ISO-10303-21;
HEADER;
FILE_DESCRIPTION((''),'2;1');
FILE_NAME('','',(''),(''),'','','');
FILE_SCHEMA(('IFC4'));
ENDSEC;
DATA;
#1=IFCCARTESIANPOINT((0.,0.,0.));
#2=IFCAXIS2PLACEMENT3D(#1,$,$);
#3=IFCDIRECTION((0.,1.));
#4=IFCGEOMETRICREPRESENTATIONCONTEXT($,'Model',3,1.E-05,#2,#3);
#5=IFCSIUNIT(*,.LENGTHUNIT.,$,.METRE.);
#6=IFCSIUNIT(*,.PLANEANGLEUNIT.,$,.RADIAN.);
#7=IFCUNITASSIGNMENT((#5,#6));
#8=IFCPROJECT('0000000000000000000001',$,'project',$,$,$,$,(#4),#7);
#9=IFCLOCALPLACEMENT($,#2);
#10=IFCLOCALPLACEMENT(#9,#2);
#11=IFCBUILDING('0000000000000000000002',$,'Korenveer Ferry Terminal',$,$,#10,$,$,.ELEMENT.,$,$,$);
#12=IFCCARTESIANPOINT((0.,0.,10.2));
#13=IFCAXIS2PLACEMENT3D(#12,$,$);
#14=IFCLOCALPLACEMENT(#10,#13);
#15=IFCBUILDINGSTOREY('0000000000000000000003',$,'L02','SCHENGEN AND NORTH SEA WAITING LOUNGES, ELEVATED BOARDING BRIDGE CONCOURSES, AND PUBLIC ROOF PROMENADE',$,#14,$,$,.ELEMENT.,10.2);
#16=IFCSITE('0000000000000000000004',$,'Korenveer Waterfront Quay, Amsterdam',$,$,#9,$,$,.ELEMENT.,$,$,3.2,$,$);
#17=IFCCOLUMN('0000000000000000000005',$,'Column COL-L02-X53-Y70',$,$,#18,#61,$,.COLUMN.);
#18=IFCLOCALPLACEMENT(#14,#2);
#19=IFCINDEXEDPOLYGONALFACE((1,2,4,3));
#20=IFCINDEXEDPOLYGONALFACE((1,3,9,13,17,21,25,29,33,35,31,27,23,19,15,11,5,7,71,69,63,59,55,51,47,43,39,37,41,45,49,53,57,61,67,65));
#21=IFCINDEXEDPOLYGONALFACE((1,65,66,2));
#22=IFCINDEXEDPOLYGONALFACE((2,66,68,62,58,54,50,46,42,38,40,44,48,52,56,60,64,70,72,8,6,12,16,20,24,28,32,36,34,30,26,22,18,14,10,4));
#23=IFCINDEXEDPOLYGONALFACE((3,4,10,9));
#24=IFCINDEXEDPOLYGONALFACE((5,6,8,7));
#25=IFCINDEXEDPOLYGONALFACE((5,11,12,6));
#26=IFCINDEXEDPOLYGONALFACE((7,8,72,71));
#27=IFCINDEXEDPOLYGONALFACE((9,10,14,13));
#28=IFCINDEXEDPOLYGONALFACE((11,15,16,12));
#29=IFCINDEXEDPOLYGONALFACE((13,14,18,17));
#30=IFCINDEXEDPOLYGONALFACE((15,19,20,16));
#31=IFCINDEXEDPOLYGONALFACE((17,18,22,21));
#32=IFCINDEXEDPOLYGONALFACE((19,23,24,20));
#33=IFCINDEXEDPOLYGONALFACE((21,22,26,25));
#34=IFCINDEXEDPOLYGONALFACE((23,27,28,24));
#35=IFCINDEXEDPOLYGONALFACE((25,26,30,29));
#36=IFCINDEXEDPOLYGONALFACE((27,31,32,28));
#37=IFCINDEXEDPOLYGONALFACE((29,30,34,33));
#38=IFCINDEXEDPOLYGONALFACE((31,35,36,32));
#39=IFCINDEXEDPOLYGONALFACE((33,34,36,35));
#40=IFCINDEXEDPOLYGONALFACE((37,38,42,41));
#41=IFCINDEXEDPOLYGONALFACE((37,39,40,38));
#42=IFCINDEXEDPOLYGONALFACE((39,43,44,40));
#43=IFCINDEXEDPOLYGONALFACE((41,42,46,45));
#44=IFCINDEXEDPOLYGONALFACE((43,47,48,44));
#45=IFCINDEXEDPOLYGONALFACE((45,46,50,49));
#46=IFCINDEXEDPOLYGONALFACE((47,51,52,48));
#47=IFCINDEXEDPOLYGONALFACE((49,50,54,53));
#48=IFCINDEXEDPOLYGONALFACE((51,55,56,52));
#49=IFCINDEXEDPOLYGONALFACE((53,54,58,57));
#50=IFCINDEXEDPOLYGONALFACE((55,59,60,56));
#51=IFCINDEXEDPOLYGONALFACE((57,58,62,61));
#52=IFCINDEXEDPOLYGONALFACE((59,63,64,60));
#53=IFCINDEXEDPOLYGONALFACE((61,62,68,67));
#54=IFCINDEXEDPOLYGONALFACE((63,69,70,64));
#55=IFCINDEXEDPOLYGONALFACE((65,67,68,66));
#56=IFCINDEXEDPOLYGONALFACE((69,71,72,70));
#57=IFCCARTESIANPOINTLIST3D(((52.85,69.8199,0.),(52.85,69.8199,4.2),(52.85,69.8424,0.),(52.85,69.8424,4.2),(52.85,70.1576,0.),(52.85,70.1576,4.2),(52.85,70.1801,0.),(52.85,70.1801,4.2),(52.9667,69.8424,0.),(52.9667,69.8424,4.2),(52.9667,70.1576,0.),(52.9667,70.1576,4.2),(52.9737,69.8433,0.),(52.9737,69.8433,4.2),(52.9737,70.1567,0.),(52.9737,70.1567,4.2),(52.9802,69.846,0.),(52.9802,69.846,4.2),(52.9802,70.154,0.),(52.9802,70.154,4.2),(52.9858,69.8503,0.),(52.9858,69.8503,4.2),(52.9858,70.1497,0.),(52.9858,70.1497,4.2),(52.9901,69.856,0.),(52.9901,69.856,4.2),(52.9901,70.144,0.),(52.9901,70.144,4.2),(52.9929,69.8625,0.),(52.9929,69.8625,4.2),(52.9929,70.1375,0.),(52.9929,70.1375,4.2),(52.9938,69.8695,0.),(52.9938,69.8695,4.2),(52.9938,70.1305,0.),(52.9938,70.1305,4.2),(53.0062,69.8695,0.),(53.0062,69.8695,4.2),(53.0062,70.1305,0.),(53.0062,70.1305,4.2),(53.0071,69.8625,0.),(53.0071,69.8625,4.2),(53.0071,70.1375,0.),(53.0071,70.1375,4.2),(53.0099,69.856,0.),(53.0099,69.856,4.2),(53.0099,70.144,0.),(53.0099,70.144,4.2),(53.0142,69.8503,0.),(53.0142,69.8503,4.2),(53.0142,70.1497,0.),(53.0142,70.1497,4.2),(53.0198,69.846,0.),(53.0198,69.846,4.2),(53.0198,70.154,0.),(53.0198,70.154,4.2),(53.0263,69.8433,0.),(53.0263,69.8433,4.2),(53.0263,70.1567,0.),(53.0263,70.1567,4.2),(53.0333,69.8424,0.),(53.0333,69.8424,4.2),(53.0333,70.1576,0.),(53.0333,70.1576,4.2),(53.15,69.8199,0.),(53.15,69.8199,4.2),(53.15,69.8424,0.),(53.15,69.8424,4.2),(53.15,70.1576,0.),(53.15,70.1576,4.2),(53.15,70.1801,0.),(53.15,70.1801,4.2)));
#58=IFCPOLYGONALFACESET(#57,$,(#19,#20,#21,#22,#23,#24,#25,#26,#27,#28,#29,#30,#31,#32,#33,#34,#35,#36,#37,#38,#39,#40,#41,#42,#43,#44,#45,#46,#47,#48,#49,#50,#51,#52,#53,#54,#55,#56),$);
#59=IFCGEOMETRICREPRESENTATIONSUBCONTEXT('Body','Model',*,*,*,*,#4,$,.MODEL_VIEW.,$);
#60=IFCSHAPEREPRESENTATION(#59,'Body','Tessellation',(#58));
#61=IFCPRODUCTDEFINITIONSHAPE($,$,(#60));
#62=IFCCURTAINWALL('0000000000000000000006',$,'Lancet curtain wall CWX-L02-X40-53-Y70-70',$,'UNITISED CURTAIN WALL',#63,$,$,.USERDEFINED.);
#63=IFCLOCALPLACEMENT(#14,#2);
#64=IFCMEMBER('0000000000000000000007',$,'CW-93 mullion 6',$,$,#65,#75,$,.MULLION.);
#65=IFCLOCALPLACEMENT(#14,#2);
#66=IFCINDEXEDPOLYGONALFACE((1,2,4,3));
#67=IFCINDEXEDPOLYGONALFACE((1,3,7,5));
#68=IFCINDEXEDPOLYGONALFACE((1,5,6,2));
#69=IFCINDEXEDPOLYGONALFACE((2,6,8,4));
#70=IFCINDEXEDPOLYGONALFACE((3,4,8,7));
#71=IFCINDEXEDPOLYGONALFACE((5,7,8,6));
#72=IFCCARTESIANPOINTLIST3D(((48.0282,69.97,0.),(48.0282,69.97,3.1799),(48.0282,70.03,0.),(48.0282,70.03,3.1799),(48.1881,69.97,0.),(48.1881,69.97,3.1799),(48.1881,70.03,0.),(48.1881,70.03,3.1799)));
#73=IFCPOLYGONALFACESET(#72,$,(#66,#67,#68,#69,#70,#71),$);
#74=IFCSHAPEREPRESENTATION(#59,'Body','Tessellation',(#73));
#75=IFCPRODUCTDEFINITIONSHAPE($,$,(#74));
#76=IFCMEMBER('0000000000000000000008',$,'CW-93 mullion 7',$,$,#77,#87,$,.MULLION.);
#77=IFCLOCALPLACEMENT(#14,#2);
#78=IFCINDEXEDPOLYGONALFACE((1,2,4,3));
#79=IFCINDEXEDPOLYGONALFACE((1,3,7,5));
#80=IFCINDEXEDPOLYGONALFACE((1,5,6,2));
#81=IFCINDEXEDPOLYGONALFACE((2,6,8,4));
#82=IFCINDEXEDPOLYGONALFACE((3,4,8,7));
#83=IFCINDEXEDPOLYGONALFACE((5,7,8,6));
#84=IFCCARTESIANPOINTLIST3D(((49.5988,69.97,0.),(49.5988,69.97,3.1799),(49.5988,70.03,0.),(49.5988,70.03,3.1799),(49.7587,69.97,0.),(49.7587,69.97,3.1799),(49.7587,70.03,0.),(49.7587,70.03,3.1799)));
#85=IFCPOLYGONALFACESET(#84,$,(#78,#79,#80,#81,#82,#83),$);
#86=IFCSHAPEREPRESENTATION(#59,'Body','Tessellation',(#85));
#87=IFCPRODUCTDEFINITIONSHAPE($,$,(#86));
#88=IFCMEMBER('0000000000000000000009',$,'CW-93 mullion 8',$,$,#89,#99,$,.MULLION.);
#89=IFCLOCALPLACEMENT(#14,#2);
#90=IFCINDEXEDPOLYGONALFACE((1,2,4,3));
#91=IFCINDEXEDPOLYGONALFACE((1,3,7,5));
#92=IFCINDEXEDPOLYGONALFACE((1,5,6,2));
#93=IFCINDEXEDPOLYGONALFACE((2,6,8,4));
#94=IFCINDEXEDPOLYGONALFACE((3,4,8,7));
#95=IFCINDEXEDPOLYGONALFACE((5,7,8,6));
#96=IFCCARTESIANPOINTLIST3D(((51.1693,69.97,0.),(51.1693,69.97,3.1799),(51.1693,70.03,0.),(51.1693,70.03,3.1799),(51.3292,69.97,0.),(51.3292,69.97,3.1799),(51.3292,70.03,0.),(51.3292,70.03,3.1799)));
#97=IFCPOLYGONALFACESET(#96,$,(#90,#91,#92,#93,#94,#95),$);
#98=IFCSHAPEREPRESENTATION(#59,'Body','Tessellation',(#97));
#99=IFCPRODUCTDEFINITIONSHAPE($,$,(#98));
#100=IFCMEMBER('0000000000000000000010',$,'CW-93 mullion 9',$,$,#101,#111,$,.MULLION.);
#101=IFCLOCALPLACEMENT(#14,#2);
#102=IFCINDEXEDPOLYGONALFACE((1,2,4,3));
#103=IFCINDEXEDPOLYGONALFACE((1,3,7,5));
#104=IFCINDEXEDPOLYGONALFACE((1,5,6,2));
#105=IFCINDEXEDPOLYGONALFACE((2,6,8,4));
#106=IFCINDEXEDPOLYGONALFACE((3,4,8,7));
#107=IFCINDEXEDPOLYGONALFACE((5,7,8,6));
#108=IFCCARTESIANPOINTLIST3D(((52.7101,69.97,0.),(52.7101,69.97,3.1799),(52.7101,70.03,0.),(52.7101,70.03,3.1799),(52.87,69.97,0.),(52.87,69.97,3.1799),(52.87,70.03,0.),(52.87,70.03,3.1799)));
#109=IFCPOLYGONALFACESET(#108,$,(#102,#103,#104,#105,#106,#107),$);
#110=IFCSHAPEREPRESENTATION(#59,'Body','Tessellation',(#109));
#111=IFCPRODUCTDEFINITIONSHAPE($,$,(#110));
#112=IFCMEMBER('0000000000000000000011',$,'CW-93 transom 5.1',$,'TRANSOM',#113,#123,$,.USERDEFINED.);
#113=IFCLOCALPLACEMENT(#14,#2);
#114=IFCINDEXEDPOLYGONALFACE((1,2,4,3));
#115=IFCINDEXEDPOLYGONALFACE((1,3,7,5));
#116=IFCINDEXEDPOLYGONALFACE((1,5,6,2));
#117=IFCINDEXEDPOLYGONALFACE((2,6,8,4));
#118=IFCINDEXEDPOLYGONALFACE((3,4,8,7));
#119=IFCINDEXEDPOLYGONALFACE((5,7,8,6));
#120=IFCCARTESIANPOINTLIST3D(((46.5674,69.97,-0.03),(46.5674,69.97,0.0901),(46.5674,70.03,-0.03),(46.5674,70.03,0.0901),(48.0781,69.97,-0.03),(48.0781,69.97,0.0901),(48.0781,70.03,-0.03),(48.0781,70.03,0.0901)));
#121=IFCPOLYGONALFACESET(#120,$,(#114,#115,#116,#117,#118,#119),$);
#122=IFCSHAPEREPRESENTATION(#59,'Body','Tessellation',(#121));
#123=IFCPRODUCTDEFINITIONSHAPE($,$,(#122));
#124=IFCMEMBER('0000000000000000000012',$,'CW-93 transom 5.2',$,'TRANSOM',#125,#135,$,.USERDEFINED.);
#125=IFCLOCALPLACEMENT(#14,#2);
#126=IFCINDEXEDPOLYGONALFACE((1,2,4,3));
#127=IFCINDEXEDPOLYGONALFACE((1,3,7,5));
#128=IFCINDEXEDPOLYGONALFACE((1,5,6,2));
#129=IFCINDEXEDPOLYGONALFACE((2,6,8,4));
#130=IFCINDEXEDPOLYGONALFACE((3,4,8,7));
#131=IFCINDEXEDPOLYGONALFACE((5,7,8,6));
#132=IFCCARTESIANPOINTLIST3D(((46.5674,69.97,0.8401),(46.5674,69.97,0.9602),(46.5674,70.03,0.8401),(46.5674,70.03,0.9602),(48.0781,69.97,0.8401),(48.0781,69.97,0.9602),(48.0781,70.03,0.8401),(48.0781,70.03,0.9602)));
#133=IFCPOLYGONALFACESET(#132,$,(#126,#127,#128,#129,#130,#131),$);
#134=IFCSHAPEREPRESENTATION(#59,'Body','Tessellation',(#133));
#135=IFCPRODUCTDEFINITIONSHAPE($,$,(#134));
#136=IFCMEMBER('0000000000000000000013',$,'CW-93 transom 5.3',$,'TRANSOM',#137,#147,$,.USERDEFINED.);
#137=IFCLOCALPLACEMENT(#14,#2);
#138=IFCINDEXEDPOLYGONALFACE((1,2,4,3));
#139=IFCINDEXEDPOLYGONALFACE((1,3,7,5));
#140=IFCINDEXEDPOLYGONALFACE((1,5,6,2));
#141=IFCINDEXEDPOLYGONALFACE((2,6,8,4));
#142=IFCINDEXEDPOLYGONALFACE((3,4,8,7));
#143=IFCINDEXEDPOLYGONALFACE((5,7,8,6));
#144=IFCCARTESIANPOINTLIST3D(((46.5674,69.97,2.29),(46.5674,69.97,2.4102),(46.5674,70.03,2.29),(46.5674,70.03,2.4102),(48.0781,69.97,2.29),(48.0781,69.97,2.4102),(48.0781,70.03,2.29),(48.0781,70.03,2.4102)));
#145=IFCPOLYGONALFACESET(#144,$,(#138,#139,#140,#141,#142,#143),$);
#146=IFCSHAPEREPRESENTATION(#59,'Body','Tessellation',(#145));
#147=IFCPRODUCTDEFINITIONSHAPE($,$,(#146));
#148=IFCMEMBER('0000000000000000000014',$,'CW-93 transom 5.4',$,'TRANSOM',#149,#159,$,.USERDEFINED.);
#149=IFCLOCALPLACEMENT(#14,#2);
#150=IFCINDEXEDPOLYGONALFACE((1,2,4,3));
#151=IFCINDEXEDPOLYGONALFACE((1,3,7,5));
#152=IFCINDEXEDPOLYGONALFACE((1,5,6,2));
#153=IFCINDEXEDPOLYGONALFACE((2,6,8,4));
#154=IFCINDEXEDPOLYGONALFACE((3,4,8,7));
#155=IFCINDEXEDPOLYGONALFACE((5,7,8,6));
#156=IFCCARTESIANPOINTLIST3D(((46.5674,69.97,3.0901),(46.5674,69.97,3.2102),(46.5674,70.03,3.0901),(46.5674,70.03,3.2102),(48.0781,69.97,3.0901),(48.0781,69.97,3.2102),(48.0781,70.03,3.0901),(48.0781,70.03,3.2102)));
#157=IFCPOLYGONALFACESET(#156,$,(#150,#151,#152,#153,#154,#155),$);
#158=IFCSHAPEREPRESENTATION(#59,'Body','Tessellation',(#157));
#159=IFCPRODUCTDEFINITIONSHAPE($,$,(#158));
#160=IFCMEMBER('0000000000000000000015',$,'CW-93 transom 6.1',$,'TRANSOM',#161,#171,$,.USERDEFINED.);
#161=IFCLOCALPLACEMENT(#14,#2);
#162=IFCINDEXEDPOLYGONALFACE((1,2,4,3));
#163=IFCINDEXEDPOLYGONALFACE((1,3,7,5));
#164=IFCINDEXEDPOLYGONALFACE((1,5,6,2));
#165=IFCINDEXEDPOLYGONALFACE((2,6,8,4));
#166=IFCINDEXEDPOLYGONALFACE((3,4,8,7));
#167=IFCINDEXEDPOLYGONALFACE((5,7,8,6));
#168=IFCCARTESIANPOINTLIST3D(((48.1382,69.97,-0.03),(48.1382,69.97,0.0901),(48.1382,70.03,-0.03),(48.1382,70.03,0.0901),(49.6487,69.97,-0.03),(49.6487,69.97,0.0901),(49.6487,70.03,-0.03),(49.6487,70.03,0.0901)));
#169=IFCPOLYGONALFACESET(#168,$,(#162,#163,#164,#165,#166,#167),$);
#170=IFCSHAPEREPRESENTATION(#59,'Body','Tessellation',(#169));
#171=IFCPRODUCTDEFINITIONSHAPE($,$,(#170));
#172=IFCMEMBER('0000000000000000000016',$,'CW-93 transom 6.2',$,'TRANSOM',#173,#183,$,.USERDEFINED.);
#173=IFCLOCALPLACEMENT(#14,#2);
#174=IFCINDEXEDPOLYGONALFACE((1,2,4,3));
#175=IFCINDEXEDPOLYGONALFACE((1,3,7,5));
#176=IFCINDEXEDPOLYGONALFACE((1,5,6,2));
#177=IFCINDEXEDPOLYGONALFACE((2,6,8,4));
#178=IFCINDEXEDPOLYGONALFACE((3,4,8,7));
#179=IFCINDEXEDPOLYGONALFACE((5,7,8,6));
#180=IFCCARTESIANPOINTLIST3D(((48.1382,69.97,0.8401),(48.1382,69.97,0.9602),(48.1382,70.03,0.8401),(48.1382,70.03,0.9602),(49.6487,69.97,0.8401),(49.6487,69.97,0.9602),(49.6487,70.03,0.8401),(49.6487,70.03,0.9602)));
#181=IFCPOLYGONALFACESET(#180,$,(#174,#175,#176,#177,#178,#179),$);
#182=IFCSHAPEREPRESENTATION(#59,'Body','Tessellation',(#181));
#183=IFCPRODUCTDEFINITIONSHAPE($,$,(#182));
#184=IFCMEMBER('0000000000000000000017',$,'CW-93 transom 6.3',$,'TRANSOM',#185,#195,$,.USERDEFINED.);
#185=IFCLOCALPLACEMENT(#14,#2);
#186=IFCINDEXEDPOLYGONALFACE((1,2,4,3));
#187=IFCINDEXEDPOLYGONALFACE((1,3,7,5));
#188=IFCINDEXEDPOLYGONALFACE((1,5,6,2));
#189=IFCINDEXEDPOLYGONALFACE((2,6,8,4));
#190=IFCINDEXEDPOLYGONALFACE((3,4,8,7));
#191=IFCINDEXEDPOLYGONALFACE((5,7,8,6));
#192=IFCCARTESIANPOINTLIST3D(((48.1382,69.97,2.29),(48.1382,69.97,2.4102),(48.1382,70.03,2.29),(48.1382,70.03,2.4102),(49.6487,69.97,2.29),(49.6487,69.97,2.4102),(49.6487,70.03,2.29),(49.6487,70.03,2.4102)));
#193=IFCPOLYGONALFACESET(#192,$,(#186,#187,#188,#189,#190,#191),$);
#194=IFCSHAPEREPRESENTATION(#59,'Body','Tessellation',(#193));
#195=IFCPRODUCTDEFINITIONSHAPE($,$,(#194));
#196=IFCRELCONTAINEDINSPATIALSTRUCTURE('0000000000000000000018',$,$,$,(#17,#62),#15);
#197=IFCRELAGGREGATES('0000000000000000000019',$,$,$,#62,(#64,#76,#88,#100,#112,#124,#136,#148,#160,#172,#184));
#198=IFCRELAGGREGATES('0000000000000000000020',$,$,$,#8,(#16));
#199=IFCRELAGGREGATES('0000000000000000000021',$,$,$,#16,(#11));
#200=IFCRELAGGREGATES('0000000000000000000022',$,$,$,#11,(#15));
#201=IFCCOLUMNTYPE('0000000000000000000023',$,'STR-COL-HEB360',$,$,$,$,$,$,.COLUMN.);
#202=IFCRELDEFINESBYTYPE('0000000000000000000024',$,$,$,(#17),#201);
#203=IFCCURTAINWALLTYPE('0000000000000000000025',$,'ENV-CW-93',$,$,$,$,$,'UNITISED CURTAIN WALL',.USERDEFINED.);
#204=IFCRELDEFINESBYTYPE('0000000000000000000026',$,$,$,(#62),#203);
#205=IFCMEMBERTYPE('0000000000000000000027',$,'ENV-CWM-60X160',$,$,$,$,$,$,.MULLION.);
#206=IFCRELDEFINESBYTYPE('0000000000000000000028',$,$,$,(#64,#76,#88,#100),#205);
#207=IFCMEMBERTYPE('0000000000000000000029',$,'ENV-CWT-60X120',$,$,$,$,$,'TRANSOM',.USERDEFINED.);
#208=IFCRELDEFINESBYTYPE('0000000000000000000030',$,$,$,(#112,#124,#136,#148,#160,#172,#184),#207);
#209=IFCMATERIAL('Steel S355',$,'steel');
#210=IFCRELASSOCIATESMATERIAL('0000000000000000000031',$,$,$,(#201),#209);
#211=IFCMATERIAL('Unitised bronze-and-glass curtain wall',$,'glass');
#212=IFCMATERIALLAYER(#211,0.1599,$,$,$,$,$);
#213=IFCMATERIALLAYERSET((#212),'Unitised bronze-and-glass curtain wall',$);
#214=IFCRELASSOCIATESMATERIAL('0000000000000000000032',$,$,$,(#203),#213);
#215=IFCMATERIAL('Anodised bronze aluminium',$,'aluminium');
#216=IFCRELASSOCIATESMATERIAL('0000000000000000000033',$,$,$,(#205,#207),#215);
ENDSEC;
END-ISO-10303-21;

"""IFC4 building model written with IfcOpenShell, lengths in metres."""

from ifc_helpers import new_model, si_unit, direction, frame, origin, origin_2d, place, context, subcontext, project, spatial, rectangle, i_section, extrude, material, layer, layer_set, material_profile, profile_set, type_object, element, aggregate, save


model = new_model("IFC4")

# Units and contexts
model_context = context("Model", 3, precision=1e-05, world=origin(), true_north=direction((0.0, 1.0)))
body_context = subcontext(model_context, "Body", "Model", "MODEL_VIEW")
ifc_project = project(units=[si_unit("LENGTHUNIT", "METRE"), si_unit("PLANEANGLEUNIT", "RADIAN")], contexts=[model_context])

# Site, building, storey
site_placement = place(None, origin())
site = spatial("IfcSite", under=ifc_project, at=site_placement, Name="Korenveer Waterfront Quay, Amsterdam", CompositionType="ELEMENT", RefElevation=3.2)
building_placement = place(site_placement, origin())
building = spatial("IfcBuilding", under=site, at=building_placement, Name="Korenveer Ferry Terminal", CompositionType="ELEMENT")
storey_placement = place(building_placement, frame((0.0, 0.0, 10.2)))
storey = spatial("IfcBuildingStorey", under=building, at=storey_placement, Name="L02", Description="SCHENGEN AND NORTH SEA WAITING LOUNGES, ELEVATED BOARDING BRIDGE CONCOURSES, AND PUBLIC ROOF PROMENADE", CompositionType="ELEMENT", Elevation=10.2)

# Column
ifc_material_1 = material(Name="Steel S355", Category="steel")
ifc_material_profile_1 = material_profile(ifc_material_1, i_section(OverallWidth=0.3, OverallDepth=0.3601, WebThickness=0.0125, FlangeThickness=0.0225, FilletRadius=0.0271, at=origin_2d()), Name="HEB 360")
ifc_profile_set_1 = profile_set([ifc_material_profile_1], Name="Steel S355")
column_type = type_object("IfcColumnType", Name="STR-COL-HEB360", PredefinedType="COLUMN", material=ifc_profile_set_1)
column_placement = place(storey_placement, frame((53.0, 70.0, 0.0), z_axis=(0.0, 0.0, 1.0), x_axis=(1.0, 0.0, 0.0)))
element("IfcColumn", 1, at=column_placement, inside=storey, type_object=column_type, Name="Column COL-L02-X53-Y70", PredefinedType="COLUMN", context=body_context, shape_type="SweptSolid", body=[
    extrude(i_section(OverallWidth=0.3, OverallDepth=0.3601, WebThickness=0.0125, FlangeThickness=0.0225, FilletRadius=0.0271, at=origin_2d()), origin(), (0.0, 0.0, 1.0), 4.2),
])

# Curtain wall, members
ifc_material_2 = material(Name="Unitised bronze-and-glass curtain wall", Category="glass")
ifc_layer_1 = layer(ifc_material_2, 0.1599)
ifc_layer_set_1 = layer_set([ifc_layer_1], Name="Unitised bronze-and-glass curtain wall")
curtain_wall_type = type_object("IfcCurtainWallType", Name="ENV-CW-93", ElementType="UNITISED CURTAIN WALL", PredefinedType="USERDEFINED", material=ifc_layer_set_1)
curtain_wall_placement = place(storey_placement, frame((40.2549, 70.0, 0.0)))
curtain_wall = element("IfcCurtainWall", 2, at=curtain_wall_placement, inside=storey, type_object=curtain_wall_type, Name="Lancet curtain wall CWX-L02-X40-53-Y70-70", ObjectType="UNITISED CURTAIN WALL", PredefinedType="USERDEFINED")
ifc_material_3 = material(Name="Anodised bronze aluminium", Category="aluminium")
ifc_material_profile_2 = material_profile(ifc_material_3, rectangle(XDim=0.0601, YDim=0.1599, at=origin_2d()), Name="ALU 60x160")
ifc_profile_set_2 = profile_set([ifc_material_profile_2], Name="Anodised bronze aluminium")
member_type_1 = type_object("IfcMemberType", Name="ENV-CWM-60X160", PredefinedType="MULLION", material=ifc_profile_set_2)
member_1_placement = place(storey_placement, frame((48.1082, 70.0, 0.0), z_axis=(0.0, 0.0, 1.0), x_axis=(0.0, 1.0, 0.0)))
member_1 = element("IfcMember", 3, at=member_1_placement, type_object=member_type_1, Name="CW-93 mullion 6", PredefinedType="MULLION", context=body_context, shape_type="SweptSolid", body=[
    extrude(rectangle(XDim=0.0601, YDim=0.1599, at=origin_2d()), origin(), (0.0, 0.0, 1.0), 3.1799),
])
member_2_placement = place(storey_placement, frame((49.6787, 70.0, 0.0), z_axis=(0.0, 0.0, 1.0), x_axis=(0.0, 1.0, 0.0)))
member_2 = element("IfcMember", 4, at=member_2_placement, type_object=member_type_1, Name="CW-93 mullion 7", PredefinedType="MULLION", context=body_context, shape_type="SweptSolid", body=[
    extrude(rectangle(XDim=0.0601, YDim=0.1599, at=origin_2d()), origin(), (0.0, 0.0, 1.0), 3.1799),
])
member_3_placement = place(storey_placement, frame((51.2493, 70.0, 0.0), z_axis=(0.0, 0.0, 1.0), x_axis=(0.0, 1.0, 0.0)))
member_3 = element("IfcMember", 5, at=member_3_placement, type_object=member_type_1, Name="CW-93 mullion 8", PredefinedType="MULLION", context=body_context, shape_type="SweptSolid", body=[
    extrude(rectangle(XDim=0.0601, YDim=0.1599, at=origin_2d()), origin(), (0.0, 0.0, 1.0), 3.1799),
])
member_4_placement = place(storey_placement, frame((52.79, 70.0, 0.0), z_axis=(0.0, 0.0, 1.0), x_axis=(0.0, 1.0, 0.0)))
member_4 = element("IfcMember", 6, at=member_4_placement, type_object=member_type_1, Name="CW-93 mullion 9", PredefinedType="MULLION", context=body_context, shape_type="SweptSolid", body=[
    extrude(rectangle(XDim=0.0601, YDim=0.1599, at=origin_2d()), origin(), (0.0, 0.0, 1.0), 3.1799),
])
ifc_material_profile_3 = material_profile(ifc_material_3, rectangle(XDim=0.0601, YDim=0.1201, at=origin_2d()), Name="ALU 60x120")
ifc_profile_set_3 = profile_set([ifc_material_profile_3], Name="Anodised bronze aluminium")
member_type_2 = type_object("IfcMemberType", Name="ENV-CWT-60X120", ElementType="TRANSOM", PredefinedType="USERDEFINED", material=ifc_profile_set_3)
member_5_placement = place(storey_placement, frame((46.5674, 70.0, 0.03), z_axis=(1.0, 0.0, 0.0), x_axis=(0.0, 1.0, 0.0)))
member_5 = element("IfcMember", 7, at=member_5_placement, type_object=member_type_2, Name="CW-93 transom 5.1", ObjectType="TRANSOM", PredefinedType="USERDEFINED", context=body_context, shape_type="SweptSolid", body=[
    extrude(rectangle(XDim=0.0601, YDim=0.1201, at=origin_2d()), origin(), (0.0, 0.0, 1.0), 1.5107),
])
member_6_placement = place(storey_placement, frame((46.5674, 70.0, 0.9001), z_axis=(1.0, 0.0, 0.0), x_axis=(0.0, 1.0, 0.0)))
member_6 = element("IfcMember", 8, at=member_6_placement, type_object=member_type_2, Name="CW-93 transom 5.2", ObjectType="TRANSOM", PredefinedType="USERDEFINED", context=body_context, shape_type="SweptSolid", body=[
    extrude(rectangle(XDim=0.0601, YDim=0.1201, at=origin_2d()), origin(), (0.0, 0.0, 1.0), 1.5107),
])
member_7_placement = place(storey_placement, frame((46.5674, 70.0, 2.3501), z_axis=(1.0, 0.0, 0.0), x_axis=(0.0, 1.0, 0.0)))
member_7 = element("IfcMember", 9, at=member_7_placement, type_object=member_type_2, Name="CW-93 transom 5.3", ObjectType="TRANSOM", PredefinedType="USERDEFINED", context=body_context, shape_type="SweptSolid", body=[
    extrude(rectangle(XDim=0.0601, YDim=0.1201, at=origin_2d()), origin(), (0.0, 0.0, 1.0), 1.5107),
])
member_8_placement = place(storey_placement, frame((46.5674, 70.0, 3.1501), z_axis=(1.0, 0.0, 0.0), x_axis=(0.0, 1.0, 0.0)))
member_8 = element("IfcMember", 10, at=member_8_placement, type_object=member_type_2, Name="CW-93 transom 5.4", ObjectType="TRANSOM", PredefinedType="USERDEFINED", context=body_context, shape_type="SweptSolid", body=[
    extrude(rectangle(XDim=0.0601, YDim=0.1201, at=origin_2d()), origin(), (0.0, 0.0, 1.0), 1.5107),
])
member_9_placement = place(storey_placement, frame((48.1382, 70.0, 0.03), z_axis=(1.0, 0.0, 0.0), x_axis=(0.0, 1.0, 0.0)))
member_9 = element("IfcMember", 11, at=member_9_placement, type_object=member_type_2, Name="CW-93 transom 6.1", ObjectType="TRANSOM", PredefinedType="USERDEFINED", context=body_context, shape_type="SweptSolid", body=[
    extrude(rectangle(XDim=0.0601, YDim=0.1201, at=origin_2d()), origin(), (0.0, 0.0, 1.0), 1.5105),
])
member_10_placement = place(storey_placement, frame((48.1382, 70.0, 0.9001), z_axis=(1.0, 0.0, 0.0), x_axis=(0.0, 1.0, 0.0)))
member_10 = element("IfcMember", 12, at=member_10_placement, type_object=member_type_2, Name="CW-93 transom 6.2", ObjectType="TRANSOM", PredefinedType="USERDEFINED", context=body_context, shape_type="SweptSolid", body=[
    extrude(rectangle(XDim=0.0601, YDim=0.1201, at=origin_2d()), origin(), (0.0, 0.0, 1.0), 1.5105),
])
member_11_placement = place(storey_placement, frame((48.1382, 70.0, 2.3501), z_axis=(1.0, 0.0, 0.0), x_axis=(0.0, 1.0, 0.0)))
member_11 = element("IfcMember", 13, at=member_11_placement, type_object=member_type_2, Name="CW-93 transom 6.3", ObjectType="TRANSOM", PredefinedType="USERDEFINED", context=body_context, shape_type="SweptSolid", body=[
    extrude(rectangle(XDim=0.0601, YDim=0.1201, at=origin_2d()), origin(), (0.0, 0.0, 1.0), 1.5105),
])

aggregate(curtain_wall, [member_1, member_2, member_3, member_4, member_5, member_6, member_7, member_8, member_9, member_10, member_11])

save(model, "model.ifc")
